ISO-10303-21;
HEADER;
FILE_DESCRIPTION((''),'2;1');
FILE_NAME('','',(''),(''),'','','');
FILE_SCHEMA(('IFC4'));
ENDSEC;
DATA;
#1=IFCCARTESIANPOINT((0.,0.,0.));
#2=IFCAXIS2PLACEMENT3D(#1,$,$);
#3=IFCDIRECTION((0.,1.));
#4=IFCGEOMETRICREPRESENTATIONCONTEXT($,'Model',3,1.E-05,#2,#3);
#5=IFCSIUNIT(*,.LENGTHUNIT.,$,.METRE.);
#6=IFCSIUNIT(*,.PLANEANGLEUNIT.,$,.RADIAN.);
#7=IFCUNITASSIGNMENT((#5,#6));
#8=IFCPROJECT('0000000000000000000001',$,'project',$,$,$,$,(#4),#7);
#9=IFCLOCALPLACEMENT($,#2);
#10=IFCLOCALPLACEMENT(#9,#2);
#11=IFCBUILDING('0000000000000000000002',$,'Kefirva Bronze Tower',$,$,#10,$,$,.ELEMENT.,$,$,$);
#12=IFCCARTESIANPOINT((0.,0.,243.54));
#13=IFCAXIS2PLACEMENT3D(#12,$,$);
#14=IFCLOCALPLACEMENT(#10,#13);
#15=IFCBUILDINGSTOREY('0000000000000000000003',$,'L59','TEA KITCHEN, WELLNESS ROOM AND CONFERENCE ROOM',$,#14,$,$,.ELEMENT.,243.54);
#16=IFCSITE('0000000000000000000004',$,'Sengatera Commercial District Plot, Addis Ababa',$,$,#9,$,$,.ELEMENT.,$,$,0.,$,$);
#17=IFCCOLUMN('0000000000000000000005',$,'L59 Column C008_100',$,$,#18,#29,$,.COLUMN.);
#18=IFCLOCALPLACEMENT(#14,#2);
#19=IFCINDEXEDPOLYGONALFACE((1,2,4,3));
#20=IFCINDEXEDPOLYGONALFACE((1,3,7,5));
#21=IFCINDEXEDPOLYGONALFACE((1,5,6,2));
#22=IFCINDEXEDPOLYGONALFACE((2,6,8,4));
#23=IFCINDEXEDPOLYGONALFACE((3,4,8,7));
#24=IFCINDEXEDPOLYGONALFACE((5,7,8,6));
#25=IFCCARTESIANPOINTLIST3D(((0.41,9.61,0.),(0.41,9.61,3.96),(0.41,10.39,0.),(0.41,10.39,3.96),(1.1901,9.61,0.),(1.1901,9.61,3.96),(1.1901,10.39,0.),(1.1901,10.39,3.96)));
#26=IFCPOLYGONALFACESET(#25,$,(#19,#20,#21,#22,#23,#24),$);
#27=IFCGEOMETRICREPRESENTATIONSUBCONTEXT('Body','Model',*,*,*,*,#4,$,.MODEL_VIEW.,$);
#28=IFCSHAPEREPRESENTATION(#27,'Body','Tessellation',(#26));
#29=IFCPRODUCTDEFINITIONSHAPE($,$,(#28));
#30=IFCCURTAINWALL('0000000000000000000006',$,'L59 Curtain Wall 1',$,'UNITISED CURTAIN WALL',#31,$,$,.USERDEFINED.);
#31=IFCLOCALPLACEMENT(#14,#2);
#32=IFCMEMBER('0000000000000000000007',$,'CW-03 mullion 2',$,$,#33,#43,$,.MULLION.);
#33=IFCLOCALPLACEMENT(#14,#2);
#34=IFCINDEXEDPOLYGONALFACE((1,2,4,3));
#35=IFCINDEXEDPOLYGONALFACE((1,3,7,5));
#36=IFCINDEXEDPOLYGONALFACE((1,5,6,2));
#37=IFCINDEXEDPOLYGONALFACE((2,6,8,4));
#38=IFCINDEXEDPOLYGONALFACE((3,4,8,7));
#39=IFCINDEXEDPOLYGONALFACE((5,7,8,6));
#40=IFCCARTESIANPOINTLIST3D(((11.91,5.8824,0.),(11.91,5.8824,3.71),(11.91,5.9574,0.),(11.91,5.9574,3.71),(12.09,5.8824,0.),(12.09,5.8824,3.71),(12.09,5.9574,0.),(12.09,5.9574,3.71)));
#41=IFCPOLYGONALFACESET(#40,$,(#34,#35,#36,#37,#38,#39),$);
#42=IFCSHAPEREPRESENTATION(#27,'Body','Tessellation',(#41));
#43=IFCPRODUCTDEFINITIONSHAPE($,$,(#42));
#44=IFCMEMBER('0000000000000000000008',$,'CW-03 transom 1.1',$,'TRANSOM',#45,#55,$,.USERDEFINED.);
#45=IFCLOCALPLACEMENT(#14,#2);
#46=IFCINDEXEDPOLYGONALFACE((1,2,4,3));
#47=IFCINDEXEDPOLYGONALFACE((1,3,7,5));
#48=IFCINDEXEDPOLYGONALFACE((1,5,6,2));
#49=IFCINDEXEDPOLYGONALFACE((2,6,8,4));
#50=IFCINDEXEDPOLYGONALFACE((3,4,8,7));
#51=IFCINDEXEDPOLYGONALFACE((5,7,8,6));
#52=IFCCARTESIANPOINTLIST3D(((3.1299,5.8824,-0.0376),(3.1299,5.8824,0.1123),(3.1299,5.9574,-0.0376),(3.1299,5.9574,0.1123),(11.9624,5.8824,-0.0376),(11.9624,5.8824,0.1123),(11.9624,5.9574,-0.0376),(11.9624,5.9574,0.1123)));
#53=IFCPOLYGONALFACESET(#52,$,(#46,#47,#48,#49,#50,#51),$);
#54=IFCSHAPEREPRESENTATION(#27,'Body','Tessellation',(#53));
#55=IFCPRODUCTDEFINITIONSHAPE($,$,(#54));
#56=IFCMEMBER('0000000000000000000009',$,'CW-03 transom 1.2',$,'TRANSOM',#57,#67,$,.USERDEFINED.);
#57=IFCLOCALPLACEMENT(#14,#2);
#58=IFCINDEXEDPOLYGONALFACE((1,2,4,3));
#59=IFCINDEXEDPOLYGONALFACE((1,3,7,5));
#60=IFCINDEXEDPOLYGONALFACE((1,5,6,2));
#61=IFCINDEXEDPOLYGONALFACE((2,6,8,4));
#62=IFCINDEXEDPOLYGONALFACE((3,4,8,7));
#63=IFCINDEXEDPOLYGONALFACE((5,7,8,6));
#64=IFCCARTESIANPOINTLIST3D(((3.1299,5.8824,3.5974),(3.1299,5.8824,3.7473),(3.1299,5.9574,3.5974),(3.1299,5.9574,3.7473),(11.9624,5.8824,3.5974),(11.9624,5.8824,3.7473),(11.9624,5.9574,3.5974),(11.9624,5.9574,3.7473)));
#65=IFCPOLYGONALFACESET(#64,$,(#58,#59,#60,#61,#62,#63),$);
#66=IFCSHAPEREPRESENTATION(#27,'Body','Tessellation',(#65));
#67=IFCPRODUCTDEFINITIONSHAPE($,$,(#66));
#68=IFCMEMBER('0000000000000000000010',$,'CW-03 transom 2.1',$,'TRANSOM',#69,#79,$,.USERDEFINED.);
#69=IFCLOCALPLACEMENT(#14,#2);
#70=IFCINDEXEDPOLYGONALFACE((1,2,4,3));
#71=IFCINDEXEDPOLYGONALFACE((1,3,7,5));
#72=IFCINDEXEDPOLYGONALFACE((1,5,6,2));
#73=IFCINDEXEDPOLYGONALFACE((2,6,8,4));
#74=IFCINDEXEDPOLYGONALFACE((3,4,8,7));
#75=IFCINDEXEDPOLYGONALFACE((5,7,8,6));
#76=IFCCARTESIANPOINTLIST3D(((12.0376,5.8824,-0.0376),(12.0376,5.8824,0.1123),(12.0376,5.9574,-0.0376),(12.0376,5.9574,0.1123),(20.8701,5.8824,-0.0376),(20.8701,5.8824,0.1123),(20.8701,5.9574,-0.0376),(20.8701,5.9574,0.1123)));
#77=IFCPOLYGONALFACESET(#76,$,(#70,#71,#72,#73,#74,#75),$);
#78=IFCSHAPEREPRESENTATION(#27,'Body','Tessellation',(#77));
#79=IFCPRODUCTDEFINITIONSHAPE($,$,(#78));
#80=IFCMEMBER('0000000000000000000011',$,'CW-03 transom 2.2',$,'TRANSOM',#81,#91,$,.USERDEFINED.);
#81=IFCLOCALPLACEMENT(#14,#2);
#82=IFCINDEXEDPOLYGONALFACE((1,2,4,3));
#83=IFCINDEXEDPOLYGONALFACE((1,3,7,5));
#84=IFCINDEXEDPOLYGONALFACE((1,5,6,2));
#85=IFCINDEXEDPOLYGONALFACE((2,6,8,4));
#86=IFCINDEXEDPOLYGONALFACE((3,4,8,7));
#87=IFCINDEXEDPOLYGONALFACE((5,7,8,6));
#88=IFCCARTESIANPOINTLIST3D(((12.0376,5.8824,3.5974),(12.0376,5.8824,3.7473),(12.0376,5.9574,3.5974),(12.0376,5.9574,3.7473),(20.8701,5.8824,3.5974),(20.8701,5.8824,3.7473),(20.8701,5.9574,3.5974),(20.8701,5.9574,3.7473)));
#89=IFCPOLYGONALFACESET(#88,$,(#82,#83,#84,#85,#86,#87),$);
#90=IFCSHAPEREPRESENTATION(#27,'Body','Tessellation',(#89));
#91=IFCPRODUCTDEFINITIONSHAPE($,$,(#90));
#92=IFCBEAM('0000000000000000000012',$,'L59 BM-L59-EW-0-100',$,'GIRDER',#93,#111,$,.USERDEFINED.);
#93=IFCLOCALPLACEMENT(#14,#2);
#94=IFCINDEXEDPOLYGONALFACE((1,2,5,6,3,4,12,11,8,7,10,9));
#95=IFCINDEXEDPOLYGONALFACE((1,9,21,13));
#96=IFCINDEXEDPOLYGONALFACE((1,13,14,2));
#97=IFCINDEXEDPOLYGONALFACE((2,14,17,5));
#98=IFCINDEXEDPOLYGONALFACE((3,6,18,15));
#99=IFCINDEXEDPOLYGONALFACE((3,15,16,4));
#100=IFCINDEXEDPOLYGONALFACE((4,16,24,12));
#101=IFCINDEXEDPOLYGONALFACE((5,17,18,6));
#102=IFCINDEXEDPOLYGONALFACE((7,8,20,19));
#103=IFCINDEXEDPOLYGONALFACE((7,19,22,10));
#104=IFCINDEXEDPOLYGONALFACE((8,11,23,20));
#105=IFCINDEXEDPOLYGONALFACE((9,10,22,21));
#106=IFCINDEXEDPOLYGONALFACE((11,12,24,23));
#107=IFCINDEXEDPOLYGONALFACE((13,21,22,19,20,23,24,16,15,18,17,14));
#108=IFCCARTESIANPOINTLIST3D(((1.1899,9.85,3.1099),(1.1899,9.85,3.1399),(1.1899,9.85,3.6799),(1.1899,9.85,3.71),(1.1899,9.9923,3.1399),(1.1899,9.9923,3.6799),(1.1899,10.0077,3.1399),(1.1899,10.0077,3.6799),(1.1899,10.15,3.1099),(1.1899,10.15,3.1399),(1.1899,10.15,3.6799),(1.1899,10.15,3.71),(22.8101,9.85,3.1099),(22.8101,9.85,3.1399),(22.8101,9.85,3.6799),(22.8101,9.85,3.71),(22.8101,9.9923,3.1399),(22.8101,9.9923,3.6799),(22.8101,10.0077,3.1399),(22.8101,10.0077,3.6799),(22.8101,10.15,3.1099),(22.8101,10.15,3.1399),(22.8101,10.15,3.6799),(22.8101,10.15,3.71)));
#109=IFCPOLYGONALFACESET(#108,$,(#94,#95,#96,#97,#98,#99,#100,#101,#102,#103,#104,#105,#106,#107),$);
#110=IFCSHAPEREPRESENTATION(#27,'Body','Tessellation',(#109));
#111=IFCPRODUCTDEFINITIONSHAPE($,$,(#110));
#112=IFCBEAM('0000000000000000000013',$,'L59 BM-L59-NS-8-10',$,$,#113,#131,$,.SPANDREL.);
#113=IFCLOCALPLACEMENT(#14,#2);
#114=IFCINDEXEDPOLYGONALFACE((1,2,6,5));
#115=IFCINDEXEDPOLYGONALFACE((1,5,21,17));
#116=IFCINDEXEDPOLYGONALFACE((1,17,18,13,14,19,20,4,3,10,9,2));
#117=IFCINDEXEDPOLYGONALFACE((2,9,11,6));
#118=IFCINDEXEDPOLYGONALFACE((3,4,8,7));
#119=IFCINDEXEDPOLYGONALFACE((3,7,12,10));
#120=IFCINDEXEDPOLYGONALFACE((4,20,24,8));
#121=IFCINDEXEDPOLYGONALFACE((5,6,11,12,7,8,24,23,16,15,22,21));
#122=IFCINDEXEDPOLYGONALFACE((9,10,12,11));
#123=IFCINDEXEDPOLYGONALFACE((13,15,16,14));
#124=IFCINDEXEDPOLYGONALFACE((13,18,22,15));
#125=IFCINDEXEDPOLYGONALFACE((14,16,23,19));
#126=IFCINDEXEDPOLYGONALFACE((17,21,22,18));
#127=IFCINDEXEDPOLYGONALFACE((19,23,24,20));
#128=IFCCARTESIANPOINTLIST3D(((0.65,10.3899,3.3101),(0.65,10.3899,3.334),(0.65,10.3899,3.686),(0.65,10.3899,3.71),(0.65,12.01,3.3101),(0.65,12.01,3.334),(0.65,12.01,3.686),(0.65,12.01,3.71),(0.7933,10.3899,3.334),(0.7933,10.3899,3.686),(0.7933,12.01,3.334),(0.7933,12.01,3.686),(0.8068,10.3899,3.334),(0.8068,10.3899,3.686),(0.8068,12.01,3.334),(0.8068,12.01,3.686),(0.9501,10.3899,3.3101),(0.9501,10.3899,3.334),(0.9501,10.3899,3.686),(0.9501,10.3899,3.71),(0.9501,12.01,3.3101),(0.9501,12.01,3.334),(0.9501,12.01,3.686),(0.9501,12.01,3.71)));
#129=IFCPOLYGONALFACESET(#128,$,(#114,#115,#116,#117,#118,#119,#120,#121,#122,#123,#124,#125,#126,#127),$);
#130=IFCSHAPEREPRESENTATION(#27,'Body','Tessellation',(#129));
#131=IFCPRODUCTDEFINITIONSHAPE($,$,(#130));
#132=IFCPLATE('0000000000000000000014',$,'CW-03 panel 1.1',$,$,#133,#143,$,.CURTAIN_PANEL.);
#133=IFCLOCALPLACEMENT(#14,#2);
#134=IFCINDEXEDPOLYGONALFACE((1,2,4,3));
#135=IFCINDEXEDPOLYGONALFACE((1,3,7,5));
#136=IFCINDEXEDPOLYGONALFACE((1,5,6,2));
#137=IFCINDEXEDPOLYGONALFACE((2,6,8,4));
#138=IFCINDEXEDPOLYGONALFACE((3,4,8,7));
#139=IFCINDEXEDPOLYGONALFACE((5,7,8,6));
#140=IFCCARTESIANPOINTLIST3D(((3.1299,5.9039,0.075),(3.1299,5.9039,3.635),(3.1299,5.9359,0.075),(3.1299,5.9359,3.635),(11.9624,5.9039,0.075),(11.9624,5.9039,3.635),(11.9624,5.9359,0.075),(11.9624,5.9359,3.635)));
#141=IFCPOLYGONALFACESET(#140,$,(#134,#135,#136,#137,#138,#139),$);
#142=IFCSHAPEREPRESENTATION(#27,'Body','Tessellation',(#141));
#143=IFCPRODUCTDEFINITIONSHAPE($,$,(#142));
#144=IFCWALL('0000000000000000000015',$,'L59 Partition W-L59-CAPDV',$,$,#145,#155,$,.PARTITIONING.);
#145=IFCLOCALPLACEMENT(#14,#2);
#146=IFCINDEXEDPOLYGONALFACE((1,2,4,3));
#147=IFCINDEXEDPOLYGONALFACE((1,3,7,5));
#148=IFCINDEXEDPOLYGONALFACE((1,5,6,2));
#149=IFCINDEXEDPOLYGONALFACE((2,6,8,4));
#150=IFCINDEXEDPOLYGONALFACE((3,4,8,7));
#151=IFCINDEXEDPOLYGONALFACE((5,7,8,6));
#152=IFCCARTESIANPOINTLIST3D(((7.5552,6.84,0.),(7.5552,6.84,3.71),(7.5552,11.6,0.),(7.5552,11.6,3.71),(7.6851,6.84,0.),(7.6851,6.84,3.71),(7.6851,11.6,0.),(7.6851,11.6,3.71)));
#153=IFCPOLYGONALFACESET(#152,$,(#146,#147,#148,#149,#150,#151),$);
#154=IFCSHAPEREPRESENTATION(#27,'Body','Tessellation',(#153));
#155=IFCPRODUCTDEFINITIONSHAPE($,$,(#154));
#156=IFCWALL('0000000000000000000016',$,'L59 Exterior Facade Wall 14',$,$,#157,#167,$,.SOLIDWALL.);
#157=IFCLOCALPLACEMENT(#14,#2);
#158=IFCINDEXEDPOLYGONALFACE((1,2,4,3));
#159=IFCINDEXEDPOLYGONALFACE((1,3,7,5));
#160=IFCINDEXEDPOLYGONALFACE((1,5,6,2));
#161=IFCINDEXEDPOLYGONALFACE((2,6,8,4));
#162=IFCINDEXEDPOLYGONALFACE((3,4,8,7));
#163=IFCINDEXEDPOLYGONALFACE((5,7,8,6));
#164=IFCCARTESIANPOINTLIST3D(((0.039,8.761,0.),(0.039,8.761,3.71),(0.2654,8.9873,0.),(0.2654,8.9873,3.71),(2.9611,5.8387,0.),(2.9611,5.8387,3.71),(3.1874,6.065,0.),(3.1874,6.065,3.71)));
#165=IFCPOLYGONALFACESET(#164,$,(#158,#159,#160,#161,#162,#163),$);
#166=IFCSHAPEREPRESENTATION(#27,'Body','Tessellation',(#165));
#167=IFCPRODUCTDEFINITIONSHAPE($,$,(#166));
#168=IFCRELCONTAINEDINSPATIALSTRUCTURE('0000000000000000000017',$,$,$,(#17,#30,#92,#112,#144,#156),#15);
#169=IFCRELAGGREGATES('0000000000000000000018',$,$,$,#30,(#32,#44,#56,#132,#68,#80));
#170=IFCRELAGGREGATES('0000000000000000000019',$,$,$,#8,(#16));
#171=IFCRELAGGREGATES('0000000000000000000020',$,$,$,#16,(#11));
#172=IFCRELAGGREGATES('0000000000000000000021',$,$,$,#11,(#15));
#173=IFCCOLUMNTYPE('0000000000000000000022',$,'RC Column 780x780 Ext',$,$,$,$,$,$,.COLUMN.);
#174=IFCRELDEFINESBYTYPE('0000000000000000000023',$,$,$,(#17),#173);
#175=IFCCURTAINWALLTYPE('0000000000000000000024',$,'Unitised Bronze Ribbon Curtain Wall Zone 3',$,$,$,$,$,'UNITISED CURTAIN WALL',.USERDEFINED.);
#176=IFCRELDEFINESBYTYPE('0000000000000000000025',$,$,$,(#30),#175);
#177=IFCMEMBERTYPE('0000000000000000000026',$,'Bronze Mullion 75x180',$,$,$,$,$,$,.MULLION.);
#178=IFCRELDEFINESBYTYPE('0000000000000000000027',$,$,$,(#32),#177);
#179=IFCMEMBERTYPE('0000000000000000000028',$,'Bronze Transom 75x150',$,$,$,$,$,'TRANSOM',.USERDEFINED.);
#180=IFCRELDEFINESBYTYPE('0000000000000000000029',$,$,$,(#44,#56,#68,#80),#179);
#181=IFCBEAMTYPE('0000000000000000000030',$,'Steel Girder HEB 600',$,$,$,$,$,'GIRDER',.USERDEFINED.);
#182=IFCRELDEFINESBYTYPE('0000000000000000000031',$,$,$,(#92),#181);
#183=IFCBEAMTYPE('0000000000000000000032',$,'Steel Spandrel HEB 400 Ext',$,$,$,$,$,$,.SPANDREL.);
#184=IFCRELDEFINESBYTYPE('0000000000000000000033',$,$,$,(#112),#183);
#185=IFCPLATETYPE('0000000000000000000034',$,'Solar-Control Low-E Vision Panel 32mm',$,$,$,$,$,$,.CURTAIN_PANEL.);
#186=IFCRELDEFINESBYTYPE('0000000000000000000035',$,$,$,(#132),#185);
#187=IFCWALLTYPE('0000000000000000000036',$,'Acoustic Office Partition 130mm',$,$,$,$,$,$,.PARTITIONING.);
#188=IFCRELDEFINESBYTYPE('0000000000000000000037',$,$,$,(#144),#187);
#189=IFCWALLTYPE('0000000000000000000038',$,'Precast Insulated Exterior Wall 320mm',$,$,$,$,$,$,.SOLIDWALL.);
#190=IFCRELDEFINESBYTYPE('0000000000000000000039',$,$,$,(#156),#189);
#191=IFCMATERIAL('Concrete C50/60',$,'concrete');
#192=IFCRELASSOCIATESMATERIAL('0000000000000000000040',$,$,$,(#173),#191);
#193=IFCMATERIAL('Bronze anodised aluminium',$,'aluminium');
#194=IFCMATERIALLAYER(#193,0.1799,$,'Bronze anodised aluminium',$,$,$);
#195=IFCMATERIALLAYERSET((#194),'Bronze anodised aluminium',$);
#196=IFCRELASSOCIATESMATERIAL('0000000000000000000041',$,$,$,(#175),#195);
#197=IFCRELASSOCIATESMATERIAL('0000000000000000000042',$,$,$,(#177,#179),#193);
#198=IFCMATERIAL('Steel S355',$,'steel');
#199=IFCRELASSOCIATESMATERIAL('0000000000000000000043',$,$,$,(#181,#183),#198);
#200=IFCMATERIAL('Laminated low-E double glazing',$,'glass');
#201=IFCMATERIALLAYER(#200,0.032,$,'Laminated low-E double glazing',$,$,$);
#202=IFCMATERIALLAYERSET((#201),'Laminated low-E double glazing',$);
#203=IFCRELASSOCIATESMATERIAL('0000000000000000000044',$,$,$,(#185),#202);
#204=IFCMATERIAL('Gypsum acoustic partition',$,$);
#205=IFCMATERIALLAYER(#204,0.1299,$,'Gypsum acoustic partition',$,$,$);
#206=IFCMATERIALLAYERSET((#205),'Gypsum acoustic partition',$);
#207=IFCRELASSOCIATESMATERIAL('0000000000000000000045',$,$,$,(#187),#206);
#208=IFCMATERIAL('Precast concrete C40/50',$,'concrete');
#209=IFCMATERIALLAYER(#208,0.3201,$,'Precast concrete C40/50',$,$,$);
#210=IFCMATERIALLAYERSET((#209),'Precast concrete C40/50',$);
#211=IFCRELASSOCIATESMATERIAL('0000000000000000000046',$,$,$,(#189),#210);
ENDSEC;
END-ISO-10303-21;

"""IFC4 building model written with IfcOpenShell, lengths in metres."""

from ifc_helpers import new_model, si_unit, direction, frame, frame_2d, origin, origin_2d, place, context, subcontext, project, spatial, rectangle, i_section, extrude, material, layer, layer_set, material_profile, profile_set, type_object, element, aggregate, save


model = new_model("IFC4")

# Units and contexts
model_context = context("Model", 3, precision=1e-05, world=origin(), true_north=direction((0.0, 1.0)))
body_context = subcontext(model_context, "Body", "Model", "MODEL_VIEW")
ifc_project = project(units=[si_unit("LENGTHUNIT", "METRE"), si_unit("PLANEANGLEUNIT", "RADIAN")], contexts=[model_context])

# Site, building, storey
site_placement = place(None, origin())
site = spatial("IfcSite", under=ifc_project, at=site_placement, Name="Sengatera Commercial District Plot, Addis Ababa", CompositionType="ELEMENT", RefElevation=0.0)
building_placement = place(site_placement, origin())
building = spatial("IfcBuilding", under=site, at=building_placement, Name="Kefirva Bronze Tower", CompositionType="ELEMENT")
storey_placement = place(building_placement, frame((0.0, 0.0, 243.54)))
storey = spatial("IfcBuildingStorey", under=building, at=storey_placement, Name="L59", Description="TEA KITCHEN, WELLNESS ROOM AND CONFERENCE ROOM", CompositionType="ELEMENT", Elevation=243.54)

# Column
ifc_material_1 = material(Name="Concrete C50/60", Category="concrete")
ifc_material_profile_1 = material_profile(ifc_material_1, rectangle(XDim=0.78, YDim=0.78, at=origin_2d()), Name="RC 780x780")
ifc_profile_set_1 = profile_set([ifc_material_profile_1], Name="Concrete C50/60")
column_type = type_object("IfcColumnType", Name="RC Column 780x780 Ext", PredefinedType="COLUMN", material=ifc_profile_set_1)
column_placement = place(storey_placement, frame((0.8, 10.0, 0.0), z_axis=(0.0, 0.0, 1.0), x_axis=(1.0, 0.0, 0.0)))
element("IfcColumn", 1, at=column_placement, inside=storey, type_object=column_type, Name="L59 Column C008_100", PredefinedType="COLUMN", context=body_context, shape_type="SweptSolid", body=[
    extrude(rectangle(XDim=0.78, YDim=0.78, at=origin_2d()), origin(), (0.0, 0.0, 1.0), 3.96),
])

# Curtain wall, members
ifc_material_2 = material(Name="Bronze anodised aluminium", Category="aluminium")
ifc_layer_1 = layer(ifc_material_2, 0.1799, Name="Bronze anodised aluminium")
ifc_layer_set_1 = layer_set([ifc_layer_1], Name="Bronze anodised aluminium")
curtain_wall_type = type_object("IfcCurtainWallType", Name="Unitised Bronze Ribbon Curtain Wall Zone 3", ElementType="UNITISED CURTAIN WALL", PredefinedType="USERDEFINED", material=ifc_layer_set_1)
curtain_wall_placement = place(storey_placement, origin())
curtain_wall = element("IfcCurtainWall", 2, at=curtain_wall_placement, inside=storey, type_object=curtain_wall_type, Name="L59 Curtain Wall 1", ObjectType="UNITISED CURTAIN WALL", PredefinedType="USERDEFINED")
ifc_material_profile_2 = material_profile(ifc_material_2, rectangle(XDim=0.075, YDim=0.1799, at=origin_2d()), Name="ALU 75x180")
ifc_profile_set_2 = profile_set([ifc_material_profile_2], Name="Bronze anodised aluminium")
member_type_1 = type_object("IfcMemberType", Name="Bronze Mullion 75x180", PredefinedType="MULLION", material=ifc_profile_set_2)
member_1_placement = place(storey_placement, frame((12.0, 5.9199, 0.0), z_axis=(0.0, 0.0, 1.0), x_axis=(0.0, 1.0, 0.0)))
member_1 = element("IfcMember", 3, at=member_1_placement, type_object=member_type_1, Name="CW-03 mullion 2", PredefinedType="MULLION", context=body_context, shape_type="SweptSolid", body=[
    extrude(rectangle(XDim=0.075, YDim=0.1799, at=origin_2d()), origin(), (0.0, 0.0, 1.0), 3.71),
])
ifc_material_profile_3 = material_profile(ifc_material_2, rectangle(XDim=0.075, YDim=0.1499, at=origin_2d()), Name="ALU 75x150")
ifc_profile_set_3 = profile_set([ifc_material_profile_3], Name="Bronze anodised aluminium")
member_type_2 = type_object("IfcMemberType", Name="Bronze Transom 75x150", ElementType="TRANSOM", PredefinedType="USERDEFINED", material=ifc_profile_set_3)
member_2_placement = place(storey_placement, frame((3.1299, 5.9199, 0.0374), z_axis=(1.0, 0.0, 0.0), x_axis=(0.0, 1.0, 0.0)))
member_2 = element("IfcMember", 4, at=member_2_placement, type_object=member_type_2, Name="CW-03 transom 1.1", ObjectType="TRANSOM", PredefinedType="USERDEFINED", context=body_context, shape_type="SweptSolid", body=[
    extrude(rectangle(XDim=0.075, YDim=0.1499, at=origin_2d()), origin(), (0.0, 0.0, 1.0), 8.8325),
])
member_3_placement = place(storey_placement, frame((3.1299, 5.9199, 3.6724), z_axis=(1.0, 0.0, 0.0), x_axis=(0.0, 1.0, 0.0)))
member_3 = element("IfcMember", 5, at=member_3_placement, type_object=member_type_2, Name="CW-03 transom 1.2", ObjectType="TRANSOM", PredefinedType="USERDEFINED", context=body_context, shape_type="SweptSolid", body=[
    extrude(rectangle(XDim=0.075, YDim=0.1499, at=origin_2d()), origin(), (0.0, 0.0, 1.0), 8.8325),
])
member_4_placement = place(storey_placement, frame((12.0376, 5.9199, 0.0374), z_axis=(1.0, 0.0, 0.0), x_axis=(0.0, 1.0, 0.0)))
member_4 = element("IfcMember", 6, at=member_4_placement, type_object=member_type_2, Name="CW-03 transom 2.1", ObjectType="TRANSOM", PredefinedType="USERDEFINED", context=body_context, shape_type="SweptSolid", body=[
    extrude(rectangle(XDim=0.075, YDim=0.1499, at=origin_2d()), origin(), (0.0, 0.0, 1.0), 8.8325),
])
member_5_placement = place(storey_placement, frame((12.0376, 5.9199, 3.6724), z_axis=(1.0, 0.0, 0.0), x_axis=(0.0, 1.0, 0.0)))
member_5 = element("IfcMember", 7, at=member_5_placement, type_object=member_type_2, Name="CW-03 transom 2.2", ObjectType="TRANSOM", PredefinedType="USERDEFINED", context=body_context, shape_type="SweptSolid", body=[
    extrude(rectangle(XDim=0.075, YDim=0.1499, at=origin_2d()), origin(), (0.0, 0.0, 1.0), 8.8325),
])

# Beams
ifc_material_3 = material(Name="Steel S355", Category="steel")
ifc_material_profile_4 = material_profile(ifc_material_3, i_section(OverallWidth=0.3, OverallDepth=0.6001, WebThickness=0.0154, FlangeThickness=0.03, at=origin_2d()), Name="HEB 600")
ifc_profile_set_4 = profile_set([ifc_material_profile_4], Name="Steel S355")
beam_type_1 = type_object("IfcBeamType", Name="Steel Girder HEB 600", ElementType="GIRDER", PredefinedType="USERDEFINED", material=ifc_profile_set_4)
beam_1_placement = place(storey_placement, frame((1.1899, 10.0, 3.4099), z_axis=(1.0, 0.0, 0.0), x_axis=(0.0, 1.0, 0.0)))
element("IfcBeam", 8, at=beam_1_placement, inside=storey, type_object=beam_type_1, Name="L59 BM-L59-EW-0-100", ObjectType="GIRDER", PredefinedType="USERDEFINED", context=body_context, shape_type="SweptSolid", body=[
    extrude(i_section(OverallWidth=0.3, OverallDepth=0.6001, WebThickness=0.0154, FlangeThickness=0.03, at=origin_2d()), origin(), (0.0, 0.0, 1.0), 21.6201),
])
ifc_material_profile_5 = material_profile(ifc_material_3, i_section(OverallWidth=0.3, OverallDepth=0.3999, WebThickness=0.0134, FlangeThickness=0.0239, at=origin_2d()), Name="HEB 400")
ifc_profile_set_5 = profile_set([ifc_material_profile_5], Name="Steel S355")
beam_type_2 = type_object("IfcBeamType", Name="Steel Spandrel HEB 400 Ext", PredefinedType="SPANDREL", material=ifc_profile_set_5)
beam_2_placement = place(storey_placement, frame((0.8, 10.3899, 3.51), z_axis=(0.0, 1.0, 0.0), x_axis=(-1.0, 0.0, 0.0)))
element("IfcBeam", 9, at=beam_2_placement, inside=storey, type_object=beam_type_2, Name="L59 BM-L59-NS-8-10", PredefinedType="SPANDREL", context=body_context, shape_type="SweptSolid", body=[
    extrude(i_section(OverallWidth=0.3, OverallDepth=0.3999, WebThickness=0.0134, FlangeThickness=0.0239, at=origin_2d()), origin(), (0.0, 0.0, 1.0), 1.6201),
])

# Plate
ifc_material_4 = material(Name="Laminated low-E double glazing", Category="glass")
ifc_layer_2 = layer(ifc_material_4, 0.032, Name="Laminated low-E double glazing")
ifc_layer_set_2 = layer_set([ifc_layer_2], Name="Laminated low-E double glazing")
plate_type = type_object("IfcPlateType", Name="Solar-Control Low-E Vision Panel 32mm", PredefinedType="CURTAIN_PANEL", material=ifc_layer_set_2)
plate_placement = place(storey_placement, frame((7.5461, 5.9199, 0.075), z_axis=(0.0, 0.0, 1.0), x_axis=(1.0, 0.0, 0.0)))
plate = element("IfcPlate", 10, at=plate_placement, type_object=plate_type, Name="CW-03 panel 1.1", PredefinedType="CURTAIN_PANEL", context=body_context, shape_type="SweptSolid", body=[
    extrude(rectangle(XDim=8.8325, YDim=0.032, at=origin_2d()), origin(), (0.0, 0.0, 1.0), 3.5601),
])
aggregate(curtain_wall, [member_1, member_2, member_3, plate, member_4, member_5])

# Walls
ifc_material_5 = material(Name="Gypsum acoustic partition")
ifc_layer_3 = layer(ifc_material_5, 0.1299, Name="Gypsum acoustic partition")
ifc_layer_set_3 = layer_set([ifc_layer_3], Name="Gypsum acoustic partition")
wall_type_1 = type_object("IfcWallType", Name="Acoustic Office Partition 130mm", PredefinedType="PARTITIONING", material=ifc_layer_set_3)
wall_1_placement = place(storey_placement, frame((7.6201, 6.8401, 0.0), z_axis=(0.0, 0.0, 1.0), x_axis=(0.0, 1.0, 0.0)))
element("IfcWall", 11, at=wall_1_placement, inside=storey, type_object=wall_type_1, Name="L59 Partition W-L59-CAPDV", PredefinedType="PARTITIONING", context=body_context, shape_type="SweptSolid", body=[
    extrude(rectangle(XDim=4.76, YDim=0.1299, at=frame_2d((2.3799, 0.0))), origin(), (0.0, 0.0, 1.0), 3.71),
])
ifc_material_6 = material(Name="Precast concrete C40/50", Category="concrete")
ifc_layer_4 = layer(ifc_material_6, 0.3201, Name="Precast concrete C40/50")
ifc_layer_set_4 = layer_set([ifc_layer_4], Name="Precast concrete C40/50")
wall_type_2 = type_object("IfcWallType", Name="Precast Insulated Exterior Wall 320mm", PredefinedType="SOLIDWALL", material=ifc_layer_set_4)
wall_2_placement = place(storey_placement, frame((0.1521, 8.8743, 0.0), z_axis=(0.0, 0.0, 1.0), x_axis=(0.707077, -0.707136, 0.0)))
element("IfcWall", 12, at=wall_2_placement, inside=storey, type_object=wall_type_2, Name="L59 Exterior Facade Wall 14", PredefinedType="SOLIDWALL", context=body_context, shape_type="SweptSolid", body=[
    extrude(rectangle(XDim=4.1326, YDim=0.3201, at=frame_2d((2.0664, 0.0))), origin(), (0.0, 0.0, 1.0), 3.71),
])

save(model, "model.ifc")
